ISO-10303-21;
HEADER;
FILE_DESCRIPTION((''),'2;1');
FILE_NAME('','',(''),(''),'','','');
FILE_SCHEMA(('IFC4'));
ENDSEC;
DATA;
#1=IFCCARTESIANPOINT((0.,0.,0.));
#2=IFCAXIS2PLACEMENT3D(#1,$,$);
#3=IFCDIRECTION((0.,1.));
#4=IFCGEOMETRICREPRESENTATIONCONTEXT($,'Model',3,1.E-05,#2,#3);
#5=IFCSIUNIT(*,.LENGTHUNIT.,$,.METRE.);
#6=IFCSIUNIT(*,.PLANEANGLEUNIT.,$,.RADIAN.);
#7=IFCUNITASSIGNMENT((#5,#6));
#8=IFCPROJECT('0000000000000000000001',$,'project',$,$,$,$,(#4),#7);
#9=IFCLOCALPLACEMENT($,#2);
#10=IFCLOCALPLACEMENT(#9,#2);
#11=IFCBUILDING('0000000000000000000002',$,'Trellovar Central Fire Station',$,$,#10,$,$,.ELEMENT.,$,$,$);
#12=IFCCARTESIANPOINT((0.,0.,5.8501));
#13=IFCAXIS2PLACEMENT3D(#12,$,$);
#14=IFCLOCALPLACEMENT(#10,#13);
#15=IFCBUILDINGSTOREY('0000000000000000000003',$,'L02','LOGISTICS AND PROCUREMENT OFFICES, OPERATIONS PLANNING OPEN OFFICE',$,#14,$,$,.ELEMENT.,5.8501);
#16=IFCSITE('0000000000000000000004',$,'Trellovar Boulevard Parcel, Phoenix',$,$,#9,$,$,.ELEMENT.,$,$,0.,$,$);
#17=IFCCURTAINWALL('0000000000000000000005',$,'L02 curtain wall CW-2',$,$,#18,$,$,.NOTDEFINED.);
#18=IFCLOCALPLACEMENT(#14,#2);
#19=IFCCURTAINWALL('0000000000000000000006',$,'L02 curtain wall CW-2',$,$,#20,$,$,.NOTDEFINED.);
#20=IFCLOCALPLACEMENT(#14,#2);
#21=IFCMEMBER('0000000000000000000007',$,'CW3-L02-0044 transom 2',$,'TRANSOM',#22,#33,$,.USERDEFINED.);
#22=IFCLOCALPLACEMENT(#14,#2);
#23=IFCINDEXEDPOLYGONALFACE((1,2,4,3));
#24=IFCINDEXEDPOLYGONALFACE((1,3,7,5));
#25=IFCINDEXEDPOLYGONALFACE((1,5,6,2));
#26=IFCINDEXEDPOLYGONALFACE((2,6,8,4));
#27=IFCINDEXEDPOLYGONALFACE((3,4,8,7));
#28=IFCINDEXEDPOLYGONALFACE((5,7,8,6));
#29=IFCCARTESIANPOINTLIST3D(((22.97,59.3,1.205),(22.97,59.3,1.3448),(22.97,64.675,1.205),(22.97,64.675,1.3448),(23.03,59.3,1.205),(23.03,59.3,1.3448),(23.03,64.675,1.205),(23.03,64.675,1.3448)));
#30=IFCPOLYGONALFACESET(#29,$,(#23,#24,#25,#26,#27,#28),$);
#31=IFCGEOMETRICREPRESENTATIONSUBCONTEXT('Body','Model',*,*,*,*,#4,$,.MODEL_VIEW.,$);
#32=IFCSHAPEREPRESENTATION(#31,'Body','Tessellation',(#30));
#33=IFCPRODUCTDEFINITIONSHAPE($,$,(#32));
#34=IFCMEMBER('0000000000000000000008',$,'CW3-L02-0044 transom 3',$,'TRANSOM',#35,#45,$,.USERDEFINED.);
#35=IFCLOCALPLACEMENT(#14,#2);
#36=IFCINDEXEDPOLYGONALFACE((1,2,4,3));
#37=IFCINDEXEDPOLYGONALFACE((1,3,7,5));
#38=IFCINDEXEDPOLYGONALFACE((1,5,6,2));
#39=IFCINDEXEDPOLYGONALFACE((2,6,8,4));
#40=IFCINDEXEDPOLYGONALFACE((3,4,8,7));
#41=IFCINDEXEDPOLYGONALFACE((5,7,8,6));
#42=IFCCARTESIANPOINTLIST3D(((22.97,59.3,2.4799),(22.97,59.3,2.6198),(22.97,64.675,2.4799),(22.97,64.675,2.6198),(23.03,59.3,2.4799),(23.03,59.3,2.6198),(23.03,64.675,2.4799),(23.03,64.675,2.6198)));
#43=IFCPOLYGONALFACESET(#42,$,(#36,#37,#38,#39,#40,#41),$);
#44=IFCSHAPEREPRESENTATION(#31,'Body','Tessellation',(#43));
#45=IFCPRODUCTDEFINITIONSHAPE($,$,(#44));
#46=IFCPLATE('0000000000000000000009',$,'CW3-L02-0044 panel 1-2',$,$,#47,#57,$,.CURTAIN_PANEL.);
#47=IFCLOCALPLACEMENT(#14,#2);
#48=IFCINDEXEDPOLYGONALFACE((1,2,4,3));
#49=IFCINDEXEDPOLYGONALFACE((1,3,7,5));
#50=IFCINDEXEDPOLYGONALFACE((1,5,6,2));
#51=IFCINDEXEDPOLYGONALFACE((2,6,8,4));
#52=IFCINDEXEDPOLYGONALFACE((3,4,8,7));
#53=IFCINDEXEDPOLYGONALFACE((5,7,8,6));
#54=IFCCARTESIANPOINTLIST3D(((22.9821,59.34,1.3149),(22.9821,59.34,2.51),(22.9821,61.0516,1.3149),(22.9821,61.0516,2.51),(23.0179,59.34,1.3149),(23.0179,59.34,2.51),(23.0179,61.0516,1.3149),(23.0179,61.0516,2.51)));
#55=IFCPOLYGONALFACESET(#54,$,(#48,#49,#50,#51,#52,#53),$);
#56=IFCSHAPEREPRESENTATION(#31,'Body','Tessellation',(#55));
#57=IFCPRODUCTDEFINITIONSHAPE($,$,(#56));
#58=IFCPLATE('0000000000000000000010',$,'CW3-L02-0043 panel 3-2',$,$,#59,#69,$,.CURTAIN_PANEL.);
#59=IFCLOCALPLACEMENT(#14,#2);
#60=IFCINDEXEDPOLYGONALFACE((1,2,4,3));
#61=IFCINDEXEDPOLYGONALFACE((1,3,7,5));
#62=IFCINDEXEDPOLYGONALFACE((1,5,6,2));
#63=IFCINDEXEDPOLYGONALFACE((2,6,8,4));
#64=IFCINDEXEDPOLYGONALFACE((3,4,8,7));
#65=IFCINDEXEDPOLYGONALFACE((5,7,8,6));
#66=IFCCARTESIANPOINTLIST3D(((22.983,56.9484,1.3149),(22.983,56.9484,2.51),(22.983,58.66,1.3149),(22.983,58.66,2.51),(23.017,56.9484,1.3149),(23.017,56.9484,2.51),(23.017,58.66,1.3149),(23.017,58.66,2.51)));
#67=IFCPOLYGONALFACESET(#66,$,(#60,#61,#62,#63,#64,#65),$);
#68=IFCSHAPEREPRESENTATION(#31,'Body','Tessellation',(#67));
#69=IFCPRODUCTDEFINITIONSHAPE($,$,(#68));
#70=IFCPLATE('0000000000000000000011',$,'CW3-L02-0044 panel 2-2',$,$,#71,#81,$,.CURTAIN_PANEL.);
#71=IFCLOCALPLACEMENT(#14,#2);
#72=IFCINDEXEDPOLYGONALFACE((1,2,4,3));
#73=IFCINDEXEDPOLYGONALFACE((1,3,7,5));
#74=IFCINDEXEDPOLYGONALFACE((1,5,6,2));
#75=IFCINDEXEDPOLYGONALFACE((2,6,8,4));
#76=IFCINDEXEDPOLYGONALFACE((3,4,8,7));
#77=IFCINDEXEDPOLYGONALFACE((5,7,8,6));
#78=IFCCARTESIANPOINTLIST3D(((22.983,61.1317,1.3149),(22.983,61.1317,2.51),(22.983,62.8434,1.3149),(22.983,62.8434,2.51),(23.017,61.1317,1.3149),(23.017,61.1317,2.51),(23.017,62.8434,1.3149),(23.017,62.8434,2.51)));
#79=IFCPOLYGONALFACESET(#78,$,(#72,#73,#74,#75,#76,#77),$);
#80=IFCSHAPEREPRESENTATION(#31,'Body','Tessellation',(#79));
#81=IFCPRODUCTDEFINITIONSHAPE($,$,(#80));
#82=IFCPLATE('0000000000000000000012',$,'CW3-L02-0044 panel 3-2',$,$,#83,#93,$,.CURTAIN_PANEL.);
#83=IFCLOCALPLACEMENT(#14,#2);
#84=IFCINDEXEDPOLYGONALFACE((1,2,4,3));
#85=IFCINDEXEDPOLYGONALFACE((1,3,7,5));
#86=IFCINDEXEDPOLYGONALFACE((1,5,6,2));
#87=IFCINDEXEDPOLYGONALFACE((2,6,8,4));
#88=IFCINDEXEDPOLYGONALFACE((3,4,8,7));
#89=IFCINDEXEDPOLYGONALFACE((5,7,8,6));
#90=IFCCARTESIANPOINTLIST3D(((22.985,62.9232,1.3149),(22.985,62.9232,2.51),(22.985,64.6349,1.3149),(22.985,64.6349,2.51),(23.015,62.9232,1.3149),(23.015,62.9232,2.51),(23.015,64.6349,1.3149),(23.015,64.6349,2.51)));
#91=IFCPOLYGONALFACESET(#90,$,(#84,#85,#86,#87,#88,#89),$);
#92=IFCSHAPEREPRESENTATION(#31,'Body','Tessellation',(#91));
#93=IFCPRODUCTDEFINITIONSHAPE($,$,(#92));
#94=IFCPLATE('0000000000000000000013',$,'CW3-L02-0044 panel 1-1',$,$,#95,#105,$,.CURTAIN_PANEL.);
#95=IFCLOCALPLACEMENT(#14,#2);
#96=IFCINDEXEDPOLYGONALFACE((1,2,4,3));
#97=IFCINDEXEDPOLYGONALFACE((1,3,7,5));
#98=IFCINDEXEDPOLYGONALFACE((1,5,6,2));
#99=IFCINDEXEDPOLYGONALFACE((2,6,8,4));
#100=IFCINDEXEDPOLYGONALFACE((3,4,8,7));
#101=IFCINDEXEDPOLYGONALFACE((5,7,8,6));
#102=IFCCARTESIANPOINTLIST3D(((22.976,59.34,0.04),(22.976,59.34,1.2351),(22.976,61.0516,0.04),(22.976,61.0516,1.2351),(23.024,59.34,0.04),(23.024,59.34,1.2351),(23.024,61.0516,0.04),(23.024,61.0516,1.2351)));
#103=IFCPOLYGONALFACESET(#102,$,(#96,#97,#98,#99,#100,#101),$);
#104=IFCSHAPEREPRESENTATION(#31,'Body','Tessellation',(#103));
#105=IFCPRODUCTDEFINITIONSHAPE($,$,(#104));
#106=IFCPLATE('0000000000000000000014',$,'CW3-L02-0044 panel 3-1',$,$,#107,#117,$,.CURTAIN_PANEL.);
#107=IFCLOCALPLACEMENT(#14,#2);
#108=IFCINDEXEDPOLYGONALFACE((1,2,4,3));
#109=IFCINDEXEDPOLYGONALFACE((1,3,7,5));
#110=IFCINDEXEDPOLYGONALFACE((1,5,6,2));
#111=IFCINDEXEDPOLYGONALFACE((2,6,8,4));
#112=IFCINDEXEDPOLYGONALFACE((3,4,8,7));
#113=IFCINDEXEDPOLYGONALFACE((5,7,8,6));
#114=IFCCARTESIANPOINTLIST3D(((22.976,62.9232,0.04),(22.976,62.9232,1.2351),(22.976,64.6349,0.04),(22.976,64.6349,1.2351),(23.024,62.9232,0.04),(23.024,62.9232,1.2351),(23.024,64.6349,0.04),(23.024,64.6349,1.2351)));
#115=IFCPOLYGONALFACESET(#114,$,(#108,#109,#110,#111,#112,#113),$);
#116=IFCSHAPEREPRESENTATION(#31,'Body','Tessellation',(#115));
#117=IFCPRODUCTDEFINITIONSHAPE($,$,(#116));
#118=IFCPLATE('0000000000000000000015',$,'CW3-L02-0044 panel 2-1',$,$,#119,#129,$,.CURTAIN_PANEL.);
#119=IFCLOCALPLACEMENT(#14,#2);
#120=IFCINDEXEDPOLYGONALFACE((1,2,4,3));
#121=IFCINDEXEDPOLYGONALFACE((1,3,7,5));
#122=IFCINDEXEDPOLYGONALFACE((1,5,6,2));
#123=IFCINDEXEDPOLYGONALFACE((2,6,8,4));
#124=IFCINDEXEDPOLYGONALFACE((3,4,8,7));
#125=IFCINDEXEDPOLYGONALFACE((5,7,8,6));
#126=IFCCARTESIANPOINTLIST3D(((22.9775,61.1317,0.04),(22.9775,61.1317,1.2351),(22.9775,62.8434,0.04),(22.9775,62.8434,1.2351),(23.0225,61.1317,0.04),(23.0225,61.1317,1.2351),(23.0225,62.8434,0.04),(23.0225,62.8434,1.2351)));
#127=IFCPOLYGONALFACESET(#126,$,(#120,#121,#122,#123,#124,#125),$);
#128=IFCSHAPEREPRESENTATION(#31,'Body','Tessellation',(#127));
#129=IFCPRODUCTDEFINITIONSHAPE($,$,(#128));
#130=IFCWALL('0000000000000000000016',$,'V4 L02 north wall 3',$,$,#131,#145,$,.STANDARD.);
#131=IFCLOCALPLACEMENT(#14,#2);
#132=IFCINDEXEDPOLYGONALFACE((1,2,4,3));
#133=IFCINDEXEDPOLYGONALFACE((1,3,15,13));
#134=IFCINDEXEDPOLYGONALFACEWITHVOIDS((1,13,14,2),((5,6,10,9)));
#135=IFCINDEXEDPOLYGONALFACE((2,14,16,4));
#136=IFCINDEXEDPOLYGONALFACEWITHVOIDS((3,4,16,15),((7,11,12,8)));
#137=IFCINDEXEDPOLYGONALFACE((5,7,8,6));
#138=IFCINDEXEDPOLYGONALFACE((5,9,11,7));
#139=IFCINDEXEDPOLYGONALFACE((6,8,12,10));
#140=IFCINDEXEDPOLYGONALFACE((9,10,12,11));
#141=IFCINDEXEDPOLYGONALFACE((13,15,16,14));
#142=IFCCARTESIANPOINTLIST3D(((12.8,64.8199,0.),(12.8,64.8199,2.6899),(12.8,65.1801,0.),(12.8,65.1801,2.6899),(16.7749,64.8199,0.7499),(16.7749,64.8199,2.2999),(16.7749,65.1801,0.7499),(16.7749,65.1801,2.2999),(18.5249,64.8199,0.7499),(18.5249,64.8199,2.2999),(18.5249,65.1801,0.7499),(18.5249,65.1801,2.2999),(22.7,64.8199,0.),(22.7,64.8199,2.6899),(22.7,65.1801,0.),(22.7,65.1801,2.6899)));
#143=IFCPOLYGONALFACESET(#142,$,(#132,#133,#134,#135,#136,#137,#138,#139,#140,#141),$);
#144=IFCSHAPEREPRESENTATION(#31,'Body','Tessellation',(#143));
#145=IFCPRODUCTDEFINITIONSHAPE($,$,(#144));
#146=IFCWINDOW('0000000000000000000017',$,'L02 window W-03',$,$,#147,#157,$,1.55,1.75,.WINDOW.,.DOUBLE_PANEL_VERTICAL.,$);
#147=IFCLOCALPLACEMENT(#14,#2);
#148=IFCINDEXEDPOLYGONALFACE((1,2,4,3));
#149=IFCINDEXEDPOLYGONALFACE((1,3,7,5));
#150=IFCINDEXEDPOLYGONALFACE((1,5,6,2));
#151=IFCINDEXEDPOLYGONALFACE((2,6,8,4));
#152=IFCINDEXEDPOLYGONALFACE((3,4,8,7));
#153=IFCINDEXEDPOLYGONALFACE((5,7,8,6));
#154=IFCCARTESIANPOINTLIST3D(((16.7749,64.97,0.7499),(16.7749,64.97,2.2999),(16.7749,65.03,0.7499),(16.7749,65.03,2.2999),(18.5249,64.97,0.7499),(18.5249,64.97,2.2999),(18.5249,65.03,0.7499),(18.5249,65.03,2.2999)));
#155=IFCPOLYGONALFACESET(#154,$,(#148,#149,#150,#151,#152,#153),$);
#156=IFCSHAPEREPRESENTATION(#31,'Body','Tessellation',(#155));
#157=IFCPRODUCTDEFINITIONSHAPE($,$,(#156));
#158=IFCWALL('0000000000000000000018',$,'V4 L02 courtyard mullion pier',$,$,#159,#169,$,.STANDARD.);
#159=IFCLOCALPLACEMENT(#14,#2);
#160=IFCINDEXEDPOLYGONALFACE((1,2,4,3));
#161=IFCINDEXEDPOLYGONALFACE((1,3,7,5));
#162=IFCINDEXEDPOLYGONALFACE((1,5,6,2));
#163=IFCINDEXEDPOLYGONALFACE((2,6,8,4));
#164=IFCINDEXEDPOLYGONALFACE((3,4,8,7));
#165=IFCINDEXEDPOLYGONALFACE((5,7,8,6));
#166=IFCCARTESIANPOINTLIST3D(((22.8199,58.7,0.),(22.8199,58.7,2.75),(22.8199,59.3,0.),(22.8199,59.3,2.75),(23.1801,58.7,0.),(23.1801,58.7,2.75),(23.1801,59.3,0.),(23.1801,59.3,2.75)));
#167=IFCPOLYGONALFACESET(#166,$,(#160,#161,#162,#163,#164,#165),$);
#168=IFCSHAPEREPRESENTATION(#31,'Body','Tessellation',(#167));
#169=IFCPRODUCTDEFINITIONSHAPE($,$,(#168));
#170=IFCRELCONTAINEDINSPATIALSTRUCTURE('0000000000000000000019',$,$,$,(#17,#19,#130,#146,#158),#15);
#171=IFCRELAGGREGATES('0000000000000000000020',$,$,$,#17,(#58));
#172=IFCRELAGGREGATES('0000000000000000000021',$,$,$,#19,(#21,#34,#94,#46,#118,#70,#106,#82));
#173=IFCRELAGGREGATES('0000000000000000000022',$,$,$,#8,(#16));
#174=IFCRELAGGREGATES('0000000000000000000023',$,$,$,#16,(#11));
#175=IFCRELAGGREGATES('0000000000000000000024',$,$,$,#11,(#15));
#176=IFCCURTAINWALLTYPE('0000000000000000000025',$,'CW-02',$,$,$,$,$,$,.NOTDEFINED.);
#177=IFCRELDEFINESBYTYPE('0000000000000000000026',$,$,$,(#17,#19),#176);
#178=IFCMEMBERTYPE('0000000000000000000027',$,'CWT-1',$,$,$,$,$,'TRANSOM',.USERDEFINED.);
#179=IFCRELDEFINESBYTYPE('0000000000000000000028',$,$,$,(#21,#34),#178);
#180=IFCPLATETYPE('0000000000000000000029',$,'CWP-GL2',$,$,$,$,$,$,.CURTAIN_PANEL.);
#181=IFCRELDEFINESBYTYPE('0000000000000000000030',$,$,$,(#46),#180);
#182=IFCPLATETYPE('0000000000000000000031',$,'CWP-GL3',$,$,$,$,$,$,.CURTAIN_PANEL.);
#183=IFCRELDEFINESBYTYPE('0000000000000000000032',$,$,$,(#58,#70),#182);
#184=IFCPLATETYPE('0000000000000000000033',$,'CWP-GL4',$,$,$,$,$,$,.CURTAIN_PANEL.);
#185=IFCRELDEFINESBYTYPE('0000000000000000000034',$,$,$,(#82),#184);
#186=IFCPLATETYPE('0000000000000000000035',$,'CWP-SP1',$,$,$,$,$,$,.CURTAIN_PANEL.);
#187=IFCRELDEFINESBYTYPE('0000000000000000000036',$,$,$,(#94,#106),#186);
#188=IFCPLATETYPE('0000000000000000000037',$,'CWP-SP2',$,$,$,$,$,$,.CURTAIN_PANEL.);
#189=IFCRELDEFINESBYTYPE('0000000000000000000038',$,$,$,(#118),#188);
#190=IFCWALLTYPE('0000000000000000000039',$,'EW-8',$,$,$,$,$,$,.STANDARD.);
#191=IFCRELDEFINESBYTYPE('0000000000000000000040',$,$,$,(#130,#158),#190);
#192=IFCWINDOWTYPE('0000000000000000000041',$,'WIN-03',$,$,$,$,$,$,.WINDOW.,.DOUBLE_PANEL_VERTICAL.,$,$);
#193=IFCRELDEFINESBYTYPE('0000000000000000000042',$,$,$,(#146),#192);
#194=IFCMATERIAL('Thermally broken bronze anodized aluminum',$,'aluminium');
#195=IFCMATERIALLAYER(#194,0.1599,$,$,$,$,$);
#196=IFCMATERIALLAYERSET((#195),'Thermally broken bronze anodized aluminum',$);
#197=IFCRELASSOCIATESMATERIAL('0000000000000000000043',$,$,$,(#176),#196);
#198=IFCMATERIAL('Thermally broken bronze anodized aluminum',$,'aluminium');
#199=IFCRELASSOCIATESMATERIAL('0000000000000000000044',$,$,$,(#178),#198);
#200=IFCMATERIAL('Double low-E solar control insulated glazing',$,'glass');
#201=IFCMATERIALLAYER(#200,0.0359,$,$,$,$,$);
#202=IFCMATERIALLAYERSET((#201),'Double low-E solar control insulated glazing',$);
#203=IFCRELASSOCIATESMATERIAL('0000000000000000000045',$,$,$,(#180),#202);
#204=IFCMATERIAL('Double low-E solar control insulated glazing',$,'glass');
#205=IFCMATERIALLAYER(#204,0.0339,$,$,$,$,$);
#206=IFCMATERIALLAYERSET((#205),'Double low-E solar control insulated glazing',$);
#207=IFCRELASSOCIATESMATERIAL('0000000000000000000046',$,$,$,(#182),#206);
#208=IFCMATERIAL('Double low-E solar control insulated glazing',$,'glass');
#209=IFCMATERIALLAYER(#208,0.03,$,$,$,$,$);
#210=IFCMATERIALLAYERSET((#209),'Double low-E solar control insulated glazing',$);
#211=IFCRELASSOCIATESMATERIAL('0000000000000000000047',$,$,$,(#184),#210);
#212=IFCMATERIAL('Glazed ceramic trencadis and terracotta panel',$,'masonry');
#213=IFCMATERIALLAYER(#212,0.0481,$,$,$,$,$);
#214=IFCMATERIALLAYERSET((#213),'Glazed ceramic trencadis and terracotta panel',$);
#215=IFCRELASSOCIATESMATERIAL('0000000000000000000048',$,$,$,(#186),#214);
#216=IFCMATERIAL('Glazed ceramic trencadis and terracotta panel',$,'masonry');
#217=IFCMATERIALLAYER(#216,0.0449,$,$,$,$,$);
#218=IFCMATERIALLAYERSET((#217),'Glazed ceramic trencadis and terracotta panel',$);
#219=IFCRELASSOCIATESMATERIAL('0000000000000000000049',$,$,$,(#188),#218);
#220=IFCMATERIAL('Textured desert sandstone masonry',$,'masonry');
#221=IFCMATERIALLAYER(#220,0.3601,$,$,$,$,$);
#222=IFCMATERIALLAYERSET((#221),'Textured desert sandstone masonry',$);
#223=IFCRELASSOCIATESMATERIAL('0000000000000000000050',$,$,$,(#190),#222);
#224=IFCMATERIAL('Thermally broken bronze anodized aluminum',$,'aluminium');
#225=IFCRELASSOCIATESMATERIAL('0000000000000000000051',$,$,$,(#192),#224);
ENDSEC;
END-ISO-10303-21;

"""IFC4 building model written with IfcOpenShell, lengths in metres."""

from ifc_helpers import new_model, si_unit, direction, frame, frame_2d, origin, origin_2d, place, context, subcontext, project, spatial, rectangle, extrude, material, layer, layer_set, material_profile, profile_set, type_object, element, fill, aggregate, save


model = new_model("IFC4")

# Units and contexts
model_context = context("Model", 3, precision=1e-05, world=origin(), true_north=direction((0.0, 1.0)))
body_context = subcontext(model_context, "Body", "Model", "MODEL_VIEW")
ifc_project = project(units=[si_unit("LENGTHUNIT", "METRE"), si_unit("PLANEANGLEUNIT", "RADIAN")], contexts=[model_context])

# Site, building, storey
site_placement = place(None, origin())
site = spatial("IfcSite", under=ifc_project, at=site_placement, Name="Trellovar Boulevard Parcel, Phoenix", CompositionType="ELEMENT", RefElevation=0.0)
building_placement = place(site_placement, origin())
building = spatial("IfcBuilding", under=site, at=building_placement, Name="Trellovar Central Fire Station", CompositionType="ELEMENT")
storey_placement = place(building_placement, frame((0.0, 0.0, 5.8501)))
storey = spatial("IfcBuildingStorey", under=building, at=storey_placement, Name="L02", Description="LOGISTICS AND PROCUREMENT OFFICES, OPERATIONS PLANNING OPEN OFFICE", CompositionType="ELEMENT", Elevation=5.8501)

# Curtain wall
ifc_material_1 = material(Name="Thermally broken bronze anodized aluminum", Category="aluminium")
ifc_layer_1 = layer(ifc_material_1, 0.1599)
ifc_layer_set_1 = layer_set([ifc_layer_1], Name="Thermally broken bronze anodized aluminum")
curtain_wall_type = type_object("IfcCurtainWallType", Name="CW-02", PredefinedType="NOTDEFINED", material=ifc_layer_set_1)
curtain_wall_1_placement = place(storey_placement, origin())
curtain_wall_1 = element("IfcCurtainWall", 1, at=curtain_wall_1_placement, inside=storey, type_object=curtain_wall_type, Name="L02 curtain wall CW-2", PredefinedType="NOTDEFINED")

# Curtain wall, members, plate
curtain_wall_2_placement = place(storey_placement, origin())
curtain_wall_2 = element("IfcCurtainWall", 2, at=curtain_wall_2_placement, inside=storey, type_object=curtain_wall_type, Name="L02 curtain wall CW-2", PredefinedType="NOTDEFINED")
ifc_material_2 = material(Name="Thermally broken bronze anodized aluminum", Category="aluminium")
ifc_material_profile_1 = material_profile(ifc_material_2, rectangle(XDim=0.0601, YDim=0.1399, at=origin_2d()), Name="ALU60X140")
ifc_profile_set_1 = profile_set([ifc_material_profile_1], Name="Thermally broken bronze anodized aluminum")
member_type_1 = type_object("IfcMemberType", Name="CWT-1", ElementType="TRANSOM", PredefinedType="USERDEFINED", material=ifc_profile_set_1)
member_1_placement = place(storey_placement, frame((23.0, 59.3, 1.2749), z_axis=(0.0, 1.0, 0.0), x_axis=(-1.0, 0.0, 0.0)))
member_1 = element("IfcMember", 3, at=member_1_placement, type_object=member_type_1, Name="CW3-L02-0044 transom 2", ObjectType="TRANSOM", PredefinedType="USERDEFINED", context=body_context, shape_type="SweptSolid", body=[
    extrude(rectangle(XDim=0.0601, YDim=0.1399, at=origin_2d()), origin(), (0.0, 0.0, 1.0), 5.375),
])
member_2_placement = place(storey_placement, frame((23.0, 59.3, 2.5498), z_axis=(0.0, 1.0, 0.0), x_axis=(-1.0, 0.0, 0.0)))
member_2 = element("IfcMember", 4, at=member_2_placement, type_object=member_type_1, Name="CW3-L02-0044 transom 3", ObjectType="TRANSOM", PredefinedType="USERDEFINED", context=body_context, shape_type="SweptSolid", body=[
    extrude(rectangle(XDim=0.0601, YDim=0.1399, at=origin_2d()), origin(), (0.0, 0.0, 1.0), 5.375),
])
ifc_material_3 = material(Name="Double low-E solar control insulated glazing", Category="glass")
ifc_layer_2 = layer(ifc_material_3, 0.0359)
ifc_layer_set_2 = layer_set([ifc_layer_2], Name="Double low-E solar control insulated glazing")
plate_type_1 = type_object("IfcPlateType", Name="CWP-GL2", PredefinedType="CURTAIN_PANEL", material=ifc_layer_set_2)
plate_1_placement = place(storey_placement, frame((23.0, 60.1958, 1.3149), z_axis=(0.0, 0.0, 1.0), x_axis=(0.0, 1.0, 0.0)))
plate_1 = element("IfcPlate", 5, at=plate_1_placement, type_object=plate_type_1, Name="CW3-L02-0044 panel 1-2", PredefinedType="CURTAIN_PANEL", context=body_context, shape_type="SweptSolid", body=[
    extrude(rectangle(XDim=1.7117, YDim=0.0359, at=origin_2d()), origin(), (0.0, 0.0, 1.0), 1.1951),
])

# Plates
ifc_material_4 = material(Name="Double low-E solar control insulated glazing", Category="glass")
ifc_layer_3 = layer(ifc_material_4, 0.0339)
ifc_layer_set_3 = layer_set([ifc_layer_3], Name="Double low-E solar control insulated glazing")
plate_type_2 = type_object("IfcPlateType", Name="CWP-GL3", PredefinedType="CURTAIN_PANEL", material=ifc_layer_set_3)
plate_2_placement = place(storey_placement, frame((23.0, 57.8042, 1.3149), z_axis=(0.0, 0.0, 1.0), x_axis=(0.0, 1.0, 0.0)))
plate_2 = element("IfcPlate", 6, at=plate_2_placement, type_object=plate_type_2, Name="CW3-L02-0043 panel 3-2", PredefinedType="CURTAIN_PANEL", context=body_context, shape_type="SweptSolid", body=[
    extrude(rectangle(XDim=1.7117, YDim=0.0339, at=origin_2d()), origin(), (0.0, 0.0, 1.0), 1.1951),
])
aggregate(curtain_wall_1, [plate_2])
plate_3_placement = place(storey_placement, frame((23.0, 61.9875, 1.3149), z_axis=(0.0, 0.0, 1.0), x_axis=(0.0, 1.0, 0.0)))
plate_3 = element("IfcPlate", 7, at=plate_3_placement, type_object=plate_type_2, Name="CW3-L02-0044 panel 2-2", PredefinedType="CURTAIN_PANEL", context=body_context, shape_type="SweptSolid", body=[
    extrude(rectangle(XDim=1.7117, YDim=0.0339, at=origin_2d()), origin(), (0.0, 0.0, 1.0), 1.1951),
])
ifc_material_5 = material(Name="Double low-E solar control insulated glazing", Category="glass")
ifc_layer_4 = layer(ifc_material_5, 0.03)
ifc_layer_set_4 = layer_set([ifc_layer_4], Name="Double low-E solar control insulated glazing")
plate_type_3 = type_object("IfcPlateType", Name="CWP-GL4", PredefinedType="CURTAIN_PANEL", material=ifc_layer_set_4)
plate_4_placement = place(storey_placement, frame((23.0, 63.7791, 1.3149), z_axis=(0.0, 0.0, 1.0), x_axis=(0.0, 1.0, 0.0)))
plate_4 = element("IfcPlate", 8, at=plate_4_placement, type_object=plate_type_3, Name="CW3-L02-0044 panel 3-2", PredefinedType="CURTAIN_PANEL", context=body_context, shape_type="SweptSolid", body=[
    extrude(rectangle(XDim=1.7117, YDim=0.03, at=origin_2d()), origin(), (0.0, 0.0, 1.0), 1.1951),
])
ifc_material_6 = material(Name="Glazed ceramic trencadis and terracotta panel", Category="masonry")
ifc_layer_5 = layer(ifc_material_6, 0.0481)
ifc_layer_set_5 = layer_set([ifc_layer_5], Name="Glazed ceramic trencadis and terracotta panel")
plate_type_4 = type_object("IfcPlateType", Name="CWP-SP1", PredefinedType="CURTAIN_PANEL", material=ifc_layer_set_5)
plate_5_placement = place(storey_placement, frame((23.0, 60.1958, 0.04), z_axis=(0.0, 0.0, 1.0), x_axis=(0.0, 1.0, 0.0)))
plate_5 = element("IfcPlate", 9, at=plate_5_placement, type_object=plate_type_4, Name="CW3-L02-0044 panel 1-1", PredefinedType="CURTAIN_PANEL", context=body_context, shape_type="SweptSolid", body=[
    extrude(rectangle(XDim=1.7117, YDim=0.0481, at=origin_2d()), origin(), (0.0, 0.0, 1.0), 1.1951),
])
plate_6_placement = place(storey_placement, frame((23.0, 63.7791, 0.04), z_axis=(0.0, 0.0, 1.0), x_axis=(0.0, 1.0, 0.0)))
plate_6 = element("IfcPlate", 10, at=plate_6_placement, type_object=plate_type_4, Name="CW3-L02-0044 panel 3-1", PredefinedType="CURTAIN_PANEL", context=body_context, shape_type="SweptSolid", body=[
    extrude(rectangle(XDim=1.7117, YDim=0.0481, at=origin_2d()), origin(), (0.0, 0.0, 1.0), 1.1951),
])
ifc_material_7 = material(Name="Glazed ceramic trencadis and terracotta panel", Category="masonry")
ifc_layer_6 = layer(ifc_material_7, 0.0449)
ifc_layer_set_6 = layer_set([ifc_layer_6], Name="Glazed ceramic trencadis and terracotta panel")
plate_type_5 = type_object("IfcPlateType", Name="CWP-SP2", PredefinedType="CURTAIN_PANEL", material=ifc_layer_set_6)
plate_7_placement = place(storey_placement, frame((23.0, 61.9875, 0.04), z_axis=(0.0, 0.0, 1.0), x_axis=(0.0, 1.0, 0.0)))
plate_7 = element("IfcPlate", 11, at=plate_7_placement, type_object=plate_type_5, Name="CW3-L02-0044 panel 2-1", PredefinedType="CURTAIN_PANEL", context=body_context, shape_type="SweptSolid", body=[
    extrude(rectangle(XDim=1.7117, YDim=0.0449, at=origin_2d()), origin(), (0.0, 0.0, 1.0), 1.1951),
])
aggregate(curtain_wall_2, [member_1, member_2, plate_5, plate_1, plate_7, plate_3, plate_6, plate_4])

# Wall, opening, window
ifc_material_8 = material(Name="Textured desert sandstone masonry", Category="masonry")
ifc_layer_7 = layer(ifc_material_8, 0.3601)
ifc_layer_set_7 = layer_set([ifc_layer_7], Name="Textured desert sandstone masonry")
wall_type = type_object("IfcWallType", Name="EW-8", PredefinedType="STANDARD", material=ifc_layer_set_7)
wall_1_placement = place(storey_placement, frame((22.7, 65.0, 0.0), z_axis=(0.0, 0.0, 1.0), x_axis=(-1.0, 0.0, 0.0)))
wall_1 = element("IfcWall", 12, at=wall_1_placement, inside=storey, type_object=wall_type, Name="V4 L02 north wall 3", PredefinedType="STANDARD", context=body_context, shape_type="SweptSolid", body=[
    extrude(rectangle(XDim=9.8999, YDim=0.3601, at=frame_2d((4.95, 0.0))), origin(), (0.0, 0.0, 1.0), 2.6899),
])
opening_placement = place(wall_1_placement, frame((4.175, 0.0, 0.75)))
opening = element("IfcOpeningElement", 13, at=opening_placement, cuts=wall_1, PredefinedType="OPENING", context=body_context, shape_type="SweptSolid", body=[
    extrude(rectangle(XDim=1.75, YDim=1.55, at=frame_2d((0.875, 0.7749))), frame((0.0, 0.1899, 0.0), z_axis=(0.0, -1.0, 0.0), x_axis=(1.0, 0.0, 0.0)), (0.0, 0.0, 1.0), 0.3801),
])
ifc_material_9 = material(Name="Thermally broken bronze anodized aluminum", Category="aluminium")
window_type = type_object("IfcWindowType", Name="WIN-03", PartitioningType="DOUBLE_PANEL_VERTICAL", PredefinedType="WINDOW", material=ifc_material_9)
window_placement = place(opening_placement, origin())
window = element("IfcWindow", 14, at=window_placement, inside=storey, type_object=window_type, Name="L02 window W-03", OverallHeight=1.55, OverallWidth=1.75, PartitioningType="DOUBLE_PANEL_VERTICAL", PredefinedType="WINDOW", context=body_context, shape_type="SweptSolid", body=[
    extrude(rectangle(XDim=1.75, YDim=1.55, at=frame_2d((0.875, 0.7749))), frame((0.0, 0.03, 0.0), z_axis=(0.0, -1.0, 0.0), x_axis=(1.0, 0.0, 0.0)), (0.0, 0.0, 1.0), 0.0601),
])
fill(opening, window)

# Wall
wall_2_placement = place(storey_placement, frame((23.0, 58.7, 0.0), z_axis=(0.0, 0.0, 1.0), x_axis=(0.0, 1.0, 0.0)))
element("IfcWall", 15, at=wall_2_placement, inside=storey, type_object=wall_type, Name="V4 L02 courtyard mullion pier", PredefinedType="STANDARD", context=body_context, shape_type="SweptSolid", body=[
    extrude(rectangle(XDim=0.6001, YDim=0.3601, at=frame_2d((0.3, 0.0))), origin(), (0.0, 0.0, 1.0), 2.75),
])

save(model, "model.ifc")
